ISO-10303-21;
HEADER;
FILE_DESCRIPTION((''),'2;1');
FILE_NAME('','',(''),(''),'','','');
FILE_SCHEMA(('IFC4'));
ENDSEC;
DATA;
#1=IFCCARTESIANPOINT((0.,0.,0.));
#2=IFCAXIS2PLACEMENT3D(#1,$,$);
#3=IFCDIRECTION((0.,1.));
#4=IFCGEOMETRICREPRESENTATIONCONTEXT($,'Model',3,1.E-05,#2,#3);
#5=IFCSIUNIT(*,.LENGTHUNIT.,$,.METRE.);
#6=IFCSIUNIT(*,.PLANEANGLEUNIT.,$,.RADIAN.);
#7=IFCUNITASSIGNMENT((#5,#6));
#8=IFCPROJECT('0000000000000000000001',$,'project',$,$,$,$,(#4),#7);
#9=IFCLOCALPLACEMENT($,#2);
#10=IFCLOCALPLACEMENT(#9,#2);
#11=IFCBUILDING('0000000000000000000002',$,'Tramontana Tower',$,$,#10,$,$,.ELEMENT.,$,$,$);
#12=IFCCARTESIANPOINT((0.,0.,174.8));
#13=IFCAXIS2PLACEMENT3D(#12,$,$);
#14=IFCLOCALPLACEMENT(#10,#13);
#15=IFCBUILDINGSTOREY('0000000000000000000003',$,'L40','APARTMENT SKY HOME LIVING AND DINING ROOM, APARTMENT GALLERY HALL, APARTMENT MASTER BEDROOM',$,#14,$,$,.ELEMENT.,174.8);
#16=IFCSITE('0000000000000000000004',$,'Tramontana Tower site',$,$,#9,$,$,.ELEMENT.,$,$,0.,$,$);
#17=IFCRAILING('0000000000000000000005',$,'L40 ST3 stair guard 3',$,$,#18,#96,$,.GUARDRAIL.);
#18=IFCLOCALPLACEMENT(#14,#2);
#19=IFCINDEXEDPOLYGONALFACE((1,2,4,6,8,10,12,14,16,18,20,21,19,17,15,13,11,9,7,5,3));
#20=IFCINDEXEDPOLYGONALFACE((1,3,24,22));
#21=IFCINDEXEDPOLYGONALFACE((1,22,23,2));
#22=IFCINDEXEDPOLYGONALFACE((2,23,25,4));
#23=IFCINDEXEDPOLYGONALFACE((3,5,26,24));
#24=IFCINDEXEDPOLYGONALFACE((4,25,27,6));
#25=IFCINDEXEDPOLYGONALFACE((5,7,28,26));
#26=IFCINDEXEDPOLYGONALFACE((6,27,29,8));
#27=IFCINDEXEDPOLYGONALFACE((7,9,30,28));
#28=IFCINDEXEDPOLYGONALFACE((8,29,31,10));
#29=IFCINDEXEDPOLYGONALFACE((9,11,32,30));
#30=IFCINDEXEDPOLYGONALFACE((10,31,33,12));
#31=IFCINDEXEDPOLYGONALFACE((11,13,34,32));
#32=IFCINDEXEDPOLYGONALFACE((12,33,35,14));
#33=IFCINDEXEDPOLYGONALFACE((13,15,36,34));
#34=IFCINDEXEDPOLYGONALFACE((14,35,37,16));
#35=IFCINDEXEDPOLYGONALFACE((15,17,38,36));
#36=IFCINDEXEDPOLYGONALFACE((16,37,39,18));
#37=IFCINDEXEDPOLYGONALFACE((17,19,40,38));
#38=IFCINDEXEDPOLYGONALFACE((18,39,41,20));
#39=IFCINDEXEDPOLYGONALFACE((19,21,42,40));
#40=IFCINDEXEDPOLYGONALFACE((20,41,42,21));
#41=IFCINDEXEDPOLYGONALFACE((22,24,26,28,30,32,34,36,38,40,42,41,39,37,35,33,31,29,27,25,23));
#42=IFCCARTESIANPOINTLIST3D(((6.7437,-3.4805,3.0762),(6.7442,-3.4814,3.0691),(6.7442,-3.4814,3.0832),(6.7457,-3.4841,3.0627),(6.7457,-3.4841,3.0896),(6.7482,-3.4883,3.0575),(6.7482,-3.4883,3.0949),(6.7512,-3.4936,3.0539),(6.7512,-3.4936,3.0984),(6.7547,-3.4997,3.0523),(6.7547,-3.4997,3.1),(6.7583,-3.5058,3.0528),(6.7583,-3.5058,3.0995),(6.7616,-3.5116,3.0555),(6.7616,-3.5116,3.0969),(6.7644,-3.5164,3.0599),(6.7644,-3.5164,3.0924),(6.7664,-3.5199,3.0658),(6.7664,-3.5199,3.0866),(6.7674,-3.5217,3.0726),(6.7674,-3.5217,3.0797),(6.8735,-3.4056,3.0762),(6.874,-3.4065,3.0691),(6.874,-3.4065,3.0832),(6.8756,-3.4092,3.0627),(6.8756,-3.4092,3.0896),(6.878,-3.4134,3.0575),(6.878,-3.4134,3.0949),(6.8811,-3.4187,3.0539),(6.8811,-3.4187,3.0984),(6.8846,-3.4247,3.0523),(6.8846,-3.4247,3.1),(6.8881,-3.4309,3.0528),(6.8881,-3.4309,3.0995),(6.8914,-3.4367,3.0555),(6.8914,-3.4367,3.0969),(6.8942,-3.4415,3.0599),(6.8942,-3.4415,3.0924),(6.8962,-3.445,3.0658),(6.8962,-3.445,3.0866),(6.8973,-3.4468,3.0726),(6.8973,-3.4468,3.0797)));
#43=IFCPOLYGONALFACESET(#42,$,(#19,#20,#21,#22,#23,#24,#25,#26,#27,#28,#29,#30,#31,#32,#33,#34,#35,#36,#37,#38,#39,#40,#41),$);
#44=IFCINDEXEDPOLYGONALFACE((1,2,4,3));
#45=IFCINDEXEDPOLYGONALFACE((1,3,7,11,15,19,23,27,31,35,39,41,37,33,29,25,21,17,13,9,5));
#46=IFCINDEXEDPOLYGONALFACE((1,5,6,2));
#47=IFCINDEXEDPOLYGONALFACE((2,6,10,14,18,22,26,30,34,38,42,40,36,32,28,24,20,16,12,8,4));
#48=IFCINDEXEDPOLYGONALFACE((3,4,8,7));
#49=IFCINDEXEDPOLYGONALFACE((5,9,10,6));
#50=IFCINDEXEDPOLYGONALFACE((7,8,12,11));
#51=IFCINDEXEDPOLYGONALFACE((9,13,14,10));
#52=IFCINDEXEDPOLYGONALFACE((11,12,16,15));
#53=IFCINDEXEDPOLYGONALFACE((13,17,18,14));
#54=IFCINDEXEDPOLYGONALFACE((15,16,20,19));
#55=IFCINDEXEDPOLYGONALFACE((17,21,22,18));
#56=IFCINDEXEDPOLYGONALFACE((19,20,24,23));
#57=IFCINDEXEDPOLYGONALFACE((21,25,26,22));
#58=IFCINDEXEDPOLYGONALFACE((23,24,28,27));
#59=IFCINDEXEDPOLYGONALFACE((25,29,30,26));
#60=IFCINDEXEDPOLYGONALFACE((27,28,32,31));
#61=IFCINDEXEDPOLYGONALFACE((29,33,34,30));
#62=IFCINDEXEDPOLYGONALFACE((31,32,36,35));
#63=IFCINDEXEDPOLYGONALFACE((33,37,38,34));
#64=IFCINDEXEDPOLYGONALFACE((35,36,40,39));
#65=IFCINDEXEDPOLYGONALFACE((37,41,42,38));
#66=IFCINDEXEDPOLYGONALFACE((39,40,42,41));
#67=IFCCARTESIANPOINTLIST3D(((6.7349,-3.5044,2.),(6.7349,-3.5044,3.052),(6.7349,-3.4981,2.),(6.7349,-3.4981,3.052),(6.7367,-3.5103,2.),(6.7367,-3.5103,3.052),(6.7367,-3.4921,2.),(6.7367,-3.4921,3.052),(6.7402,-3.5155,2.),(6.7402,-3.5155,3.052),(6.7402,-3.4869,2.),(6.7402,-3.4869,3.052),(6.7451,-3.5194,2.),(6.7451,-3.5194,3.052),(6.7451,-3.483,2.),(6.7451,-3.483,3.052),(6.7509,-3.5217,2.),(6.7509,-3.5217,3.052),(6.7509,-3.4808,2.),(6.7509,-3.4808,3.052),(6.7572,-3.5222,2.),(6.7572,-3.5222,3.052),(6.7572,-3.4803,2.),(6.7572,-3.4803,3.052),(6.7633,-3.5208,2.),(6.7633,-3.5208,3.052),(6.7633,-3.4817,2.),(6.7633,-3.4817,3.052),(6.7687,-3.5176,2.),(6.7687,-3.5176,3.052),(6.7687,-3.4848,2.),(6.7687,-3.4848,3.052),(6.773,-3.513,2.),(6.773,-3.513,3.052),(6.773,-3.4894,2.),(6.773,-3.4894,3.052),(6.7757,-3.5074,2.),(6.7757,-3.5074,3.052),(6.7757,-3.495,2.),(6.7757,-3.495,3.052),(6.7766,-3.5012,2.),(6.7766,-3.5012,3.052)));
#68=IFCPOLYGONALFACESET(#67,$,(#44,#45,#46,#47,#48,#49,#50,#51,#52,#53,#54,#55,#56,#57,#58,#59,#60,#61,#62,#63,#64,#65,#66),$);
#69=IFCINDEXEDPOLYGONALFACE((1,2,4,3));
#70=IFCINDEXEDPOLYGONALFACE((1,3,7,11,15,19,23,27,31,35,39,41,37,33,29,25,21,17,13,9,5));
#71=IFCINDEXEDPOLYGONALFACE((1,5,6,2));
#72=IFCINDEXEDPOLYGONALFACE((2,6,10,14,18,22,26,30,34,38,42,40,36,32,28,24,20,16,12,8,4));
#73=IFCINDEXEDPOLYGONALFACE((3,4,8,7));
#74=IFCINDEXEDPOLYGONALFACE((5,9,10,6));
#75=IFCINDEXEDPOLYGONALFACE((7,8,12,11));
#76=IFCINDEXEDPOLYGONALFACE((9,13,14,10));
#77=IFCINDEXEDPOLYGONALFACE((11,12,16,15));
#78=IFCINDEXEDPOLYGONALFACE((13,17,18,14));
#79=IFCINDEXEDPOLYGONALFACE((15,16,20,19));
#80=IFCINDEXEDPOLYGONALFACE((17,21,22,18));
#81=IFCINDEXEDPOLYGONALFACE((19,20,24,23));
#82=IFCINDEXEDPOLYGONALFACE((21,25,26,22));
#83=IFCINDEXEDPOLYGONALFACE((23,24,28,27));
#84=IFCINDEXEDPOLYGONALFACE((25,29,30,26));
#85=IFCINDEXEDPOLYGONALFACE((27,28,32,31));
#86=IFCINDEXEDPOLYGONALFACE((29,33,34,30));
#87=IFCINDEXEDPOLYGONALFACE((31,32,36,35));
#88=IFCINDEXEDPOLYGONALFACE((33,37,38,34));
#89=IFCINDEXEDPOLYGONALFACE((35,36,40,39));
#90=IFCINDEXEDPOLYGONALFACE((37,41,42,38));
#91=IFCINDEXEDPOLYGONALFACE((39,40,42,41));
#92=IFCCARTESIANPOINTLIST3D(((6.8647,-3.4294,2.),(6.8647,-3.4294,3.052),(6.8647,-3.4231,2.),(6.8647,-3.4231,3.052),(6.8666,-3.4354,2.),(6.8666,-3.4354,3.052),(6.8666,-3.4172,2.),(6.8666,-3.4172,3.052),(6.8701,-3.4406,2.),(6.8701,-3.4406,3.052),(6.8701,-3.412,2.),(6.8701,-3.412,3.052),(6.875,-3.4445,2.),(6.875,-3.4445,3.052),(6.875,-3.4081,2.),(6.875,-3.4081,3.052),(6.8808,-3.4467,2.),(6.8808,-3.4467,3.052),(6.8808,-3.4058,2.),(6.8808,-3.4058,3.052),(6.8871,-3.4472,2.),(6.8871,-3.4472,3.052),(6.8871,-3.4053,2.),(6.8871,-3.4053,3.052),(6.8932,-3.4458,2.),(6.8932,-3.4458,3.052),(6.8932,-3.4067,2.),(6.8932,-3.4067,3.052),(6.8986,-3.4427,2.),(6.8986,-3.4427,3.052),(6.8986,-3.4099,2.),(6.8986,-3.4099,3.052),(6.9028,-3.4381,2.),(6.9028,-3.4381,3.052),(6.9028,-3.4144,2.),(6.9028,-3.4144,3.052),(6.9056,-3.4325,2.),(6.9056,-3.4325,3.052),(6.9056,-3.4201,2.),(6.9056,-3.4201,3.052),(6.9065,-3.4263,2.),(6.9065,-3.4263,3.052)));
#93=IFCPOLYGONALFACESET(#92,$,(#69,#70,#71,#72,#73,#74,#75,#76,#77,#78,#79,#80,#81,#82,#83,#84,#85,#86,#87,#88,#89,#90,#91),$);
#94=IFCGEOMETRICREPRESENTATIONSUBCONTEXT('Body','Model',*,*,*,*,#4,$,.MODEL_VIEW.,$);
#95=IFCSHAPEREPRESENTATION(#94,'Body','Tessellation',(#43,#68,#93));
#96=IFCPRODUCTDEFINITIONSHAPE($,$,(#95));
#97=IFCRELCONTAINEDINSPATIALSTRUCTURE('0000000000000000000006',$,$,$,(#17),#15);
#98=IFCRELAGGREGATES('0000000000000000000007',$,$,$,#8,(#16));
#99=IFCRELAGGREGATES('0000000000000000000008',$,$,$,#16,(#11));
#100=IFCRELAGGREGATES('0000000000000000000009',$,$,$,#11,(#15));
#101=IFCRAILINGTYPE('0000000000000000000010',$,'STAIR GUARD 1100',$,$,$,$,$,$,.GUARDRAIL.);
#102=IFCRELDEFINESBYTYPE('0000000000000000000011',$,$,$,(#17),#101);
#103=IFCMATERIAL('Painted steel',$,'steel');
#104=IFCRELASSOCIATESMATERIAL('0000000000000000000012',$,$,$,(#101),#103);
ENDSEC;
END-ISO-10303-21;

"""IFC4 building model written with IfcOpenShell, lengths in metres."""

from ifc_helpers import new_model, si_unit, direction, frame, origin, origin_2d, place, context, subcontext, project, spatial, circle, extrude, material, type_object, element, save


model = new_model("IFC4")

# Units and contexts
model_context = context("Model", 3, precision=1e-05, world=origin(), true_north=direction((0.0, 1.0)))
body_context = subcontext(model_context, "Body", "Model", "MODEL_VIEW")
ifc_project = project(units=[si_unit("LENGTHUNIT", "METRE"), si_unit("PLANEANGLEUNIT", "RADIAN")], contexts=[model_context])

# Site, building, storey
site_placement = place(None, origin())
site = spatial("IfcSite", under=ifc_project, at=site_placement, Name="Tramontana Tower site", CompositionType="ELEMENT", RefElevation=0.0)
building_placement = place(site_placement, origin())
building = spatial("IfcBuilding", under=site, at=building_placement, Name="Tramontana Tower", CompositionType="ELEMENT")
storey_placement = place(building_placement, frame((0.0, 0.0, 174.8)))
storey = spatial("IfcBuildingStorey", under=building, at=storey_placement, Name="L40", Description="APARTMENT SKY HOME LIVING AND DINING ROOM, APARTMENT GALLERY HALL, APARTMENT MASTER BEDROOM", CompositionType="ELEMENT", Elevation=174.8)

# Railing
ifc_material_1 = material(Name="Painted steel", Category="steel")
railing_type_1 = type_object("IfcRailingType", Name="STAIR GUARD 1100", PredefinedType="GUARDRAIL", material=ifc_material_1)
railing_1_placement = place(storey_placement, frame((6.7556, -3.5012, 2.0)))
element("IfcRailing", 1, at=railing_1_placement, inside=storey, type_object=railing_type_1, Name="L40 ST3 stair guard 3", PredefinedType="GUARDRAIL", context=body_context, shape_type="SweptSolid", body=[
    extrude(circle(Radius=0.0239, at=origin_2d()), frame((0.0, 0.0, 1.0762), z_axis=(0.866131, 0.499816, 0.0), x_axis=(-0.499816, 0.866131, 0.0)), (0.0, 0.0, 1.0), 0.1499),
    extrude(circle(Radius=0.021, at=origin_2d()), origin(), (0.0, 0.0, 1.0), 1.052),
    extrude(circle(Radius=0.021, at=origin_2d()), frame((0.1299, 0.075, 0.0)), (0.0, 0.0, 1.0), 1.052),
])

save(model, "model.ifc")
